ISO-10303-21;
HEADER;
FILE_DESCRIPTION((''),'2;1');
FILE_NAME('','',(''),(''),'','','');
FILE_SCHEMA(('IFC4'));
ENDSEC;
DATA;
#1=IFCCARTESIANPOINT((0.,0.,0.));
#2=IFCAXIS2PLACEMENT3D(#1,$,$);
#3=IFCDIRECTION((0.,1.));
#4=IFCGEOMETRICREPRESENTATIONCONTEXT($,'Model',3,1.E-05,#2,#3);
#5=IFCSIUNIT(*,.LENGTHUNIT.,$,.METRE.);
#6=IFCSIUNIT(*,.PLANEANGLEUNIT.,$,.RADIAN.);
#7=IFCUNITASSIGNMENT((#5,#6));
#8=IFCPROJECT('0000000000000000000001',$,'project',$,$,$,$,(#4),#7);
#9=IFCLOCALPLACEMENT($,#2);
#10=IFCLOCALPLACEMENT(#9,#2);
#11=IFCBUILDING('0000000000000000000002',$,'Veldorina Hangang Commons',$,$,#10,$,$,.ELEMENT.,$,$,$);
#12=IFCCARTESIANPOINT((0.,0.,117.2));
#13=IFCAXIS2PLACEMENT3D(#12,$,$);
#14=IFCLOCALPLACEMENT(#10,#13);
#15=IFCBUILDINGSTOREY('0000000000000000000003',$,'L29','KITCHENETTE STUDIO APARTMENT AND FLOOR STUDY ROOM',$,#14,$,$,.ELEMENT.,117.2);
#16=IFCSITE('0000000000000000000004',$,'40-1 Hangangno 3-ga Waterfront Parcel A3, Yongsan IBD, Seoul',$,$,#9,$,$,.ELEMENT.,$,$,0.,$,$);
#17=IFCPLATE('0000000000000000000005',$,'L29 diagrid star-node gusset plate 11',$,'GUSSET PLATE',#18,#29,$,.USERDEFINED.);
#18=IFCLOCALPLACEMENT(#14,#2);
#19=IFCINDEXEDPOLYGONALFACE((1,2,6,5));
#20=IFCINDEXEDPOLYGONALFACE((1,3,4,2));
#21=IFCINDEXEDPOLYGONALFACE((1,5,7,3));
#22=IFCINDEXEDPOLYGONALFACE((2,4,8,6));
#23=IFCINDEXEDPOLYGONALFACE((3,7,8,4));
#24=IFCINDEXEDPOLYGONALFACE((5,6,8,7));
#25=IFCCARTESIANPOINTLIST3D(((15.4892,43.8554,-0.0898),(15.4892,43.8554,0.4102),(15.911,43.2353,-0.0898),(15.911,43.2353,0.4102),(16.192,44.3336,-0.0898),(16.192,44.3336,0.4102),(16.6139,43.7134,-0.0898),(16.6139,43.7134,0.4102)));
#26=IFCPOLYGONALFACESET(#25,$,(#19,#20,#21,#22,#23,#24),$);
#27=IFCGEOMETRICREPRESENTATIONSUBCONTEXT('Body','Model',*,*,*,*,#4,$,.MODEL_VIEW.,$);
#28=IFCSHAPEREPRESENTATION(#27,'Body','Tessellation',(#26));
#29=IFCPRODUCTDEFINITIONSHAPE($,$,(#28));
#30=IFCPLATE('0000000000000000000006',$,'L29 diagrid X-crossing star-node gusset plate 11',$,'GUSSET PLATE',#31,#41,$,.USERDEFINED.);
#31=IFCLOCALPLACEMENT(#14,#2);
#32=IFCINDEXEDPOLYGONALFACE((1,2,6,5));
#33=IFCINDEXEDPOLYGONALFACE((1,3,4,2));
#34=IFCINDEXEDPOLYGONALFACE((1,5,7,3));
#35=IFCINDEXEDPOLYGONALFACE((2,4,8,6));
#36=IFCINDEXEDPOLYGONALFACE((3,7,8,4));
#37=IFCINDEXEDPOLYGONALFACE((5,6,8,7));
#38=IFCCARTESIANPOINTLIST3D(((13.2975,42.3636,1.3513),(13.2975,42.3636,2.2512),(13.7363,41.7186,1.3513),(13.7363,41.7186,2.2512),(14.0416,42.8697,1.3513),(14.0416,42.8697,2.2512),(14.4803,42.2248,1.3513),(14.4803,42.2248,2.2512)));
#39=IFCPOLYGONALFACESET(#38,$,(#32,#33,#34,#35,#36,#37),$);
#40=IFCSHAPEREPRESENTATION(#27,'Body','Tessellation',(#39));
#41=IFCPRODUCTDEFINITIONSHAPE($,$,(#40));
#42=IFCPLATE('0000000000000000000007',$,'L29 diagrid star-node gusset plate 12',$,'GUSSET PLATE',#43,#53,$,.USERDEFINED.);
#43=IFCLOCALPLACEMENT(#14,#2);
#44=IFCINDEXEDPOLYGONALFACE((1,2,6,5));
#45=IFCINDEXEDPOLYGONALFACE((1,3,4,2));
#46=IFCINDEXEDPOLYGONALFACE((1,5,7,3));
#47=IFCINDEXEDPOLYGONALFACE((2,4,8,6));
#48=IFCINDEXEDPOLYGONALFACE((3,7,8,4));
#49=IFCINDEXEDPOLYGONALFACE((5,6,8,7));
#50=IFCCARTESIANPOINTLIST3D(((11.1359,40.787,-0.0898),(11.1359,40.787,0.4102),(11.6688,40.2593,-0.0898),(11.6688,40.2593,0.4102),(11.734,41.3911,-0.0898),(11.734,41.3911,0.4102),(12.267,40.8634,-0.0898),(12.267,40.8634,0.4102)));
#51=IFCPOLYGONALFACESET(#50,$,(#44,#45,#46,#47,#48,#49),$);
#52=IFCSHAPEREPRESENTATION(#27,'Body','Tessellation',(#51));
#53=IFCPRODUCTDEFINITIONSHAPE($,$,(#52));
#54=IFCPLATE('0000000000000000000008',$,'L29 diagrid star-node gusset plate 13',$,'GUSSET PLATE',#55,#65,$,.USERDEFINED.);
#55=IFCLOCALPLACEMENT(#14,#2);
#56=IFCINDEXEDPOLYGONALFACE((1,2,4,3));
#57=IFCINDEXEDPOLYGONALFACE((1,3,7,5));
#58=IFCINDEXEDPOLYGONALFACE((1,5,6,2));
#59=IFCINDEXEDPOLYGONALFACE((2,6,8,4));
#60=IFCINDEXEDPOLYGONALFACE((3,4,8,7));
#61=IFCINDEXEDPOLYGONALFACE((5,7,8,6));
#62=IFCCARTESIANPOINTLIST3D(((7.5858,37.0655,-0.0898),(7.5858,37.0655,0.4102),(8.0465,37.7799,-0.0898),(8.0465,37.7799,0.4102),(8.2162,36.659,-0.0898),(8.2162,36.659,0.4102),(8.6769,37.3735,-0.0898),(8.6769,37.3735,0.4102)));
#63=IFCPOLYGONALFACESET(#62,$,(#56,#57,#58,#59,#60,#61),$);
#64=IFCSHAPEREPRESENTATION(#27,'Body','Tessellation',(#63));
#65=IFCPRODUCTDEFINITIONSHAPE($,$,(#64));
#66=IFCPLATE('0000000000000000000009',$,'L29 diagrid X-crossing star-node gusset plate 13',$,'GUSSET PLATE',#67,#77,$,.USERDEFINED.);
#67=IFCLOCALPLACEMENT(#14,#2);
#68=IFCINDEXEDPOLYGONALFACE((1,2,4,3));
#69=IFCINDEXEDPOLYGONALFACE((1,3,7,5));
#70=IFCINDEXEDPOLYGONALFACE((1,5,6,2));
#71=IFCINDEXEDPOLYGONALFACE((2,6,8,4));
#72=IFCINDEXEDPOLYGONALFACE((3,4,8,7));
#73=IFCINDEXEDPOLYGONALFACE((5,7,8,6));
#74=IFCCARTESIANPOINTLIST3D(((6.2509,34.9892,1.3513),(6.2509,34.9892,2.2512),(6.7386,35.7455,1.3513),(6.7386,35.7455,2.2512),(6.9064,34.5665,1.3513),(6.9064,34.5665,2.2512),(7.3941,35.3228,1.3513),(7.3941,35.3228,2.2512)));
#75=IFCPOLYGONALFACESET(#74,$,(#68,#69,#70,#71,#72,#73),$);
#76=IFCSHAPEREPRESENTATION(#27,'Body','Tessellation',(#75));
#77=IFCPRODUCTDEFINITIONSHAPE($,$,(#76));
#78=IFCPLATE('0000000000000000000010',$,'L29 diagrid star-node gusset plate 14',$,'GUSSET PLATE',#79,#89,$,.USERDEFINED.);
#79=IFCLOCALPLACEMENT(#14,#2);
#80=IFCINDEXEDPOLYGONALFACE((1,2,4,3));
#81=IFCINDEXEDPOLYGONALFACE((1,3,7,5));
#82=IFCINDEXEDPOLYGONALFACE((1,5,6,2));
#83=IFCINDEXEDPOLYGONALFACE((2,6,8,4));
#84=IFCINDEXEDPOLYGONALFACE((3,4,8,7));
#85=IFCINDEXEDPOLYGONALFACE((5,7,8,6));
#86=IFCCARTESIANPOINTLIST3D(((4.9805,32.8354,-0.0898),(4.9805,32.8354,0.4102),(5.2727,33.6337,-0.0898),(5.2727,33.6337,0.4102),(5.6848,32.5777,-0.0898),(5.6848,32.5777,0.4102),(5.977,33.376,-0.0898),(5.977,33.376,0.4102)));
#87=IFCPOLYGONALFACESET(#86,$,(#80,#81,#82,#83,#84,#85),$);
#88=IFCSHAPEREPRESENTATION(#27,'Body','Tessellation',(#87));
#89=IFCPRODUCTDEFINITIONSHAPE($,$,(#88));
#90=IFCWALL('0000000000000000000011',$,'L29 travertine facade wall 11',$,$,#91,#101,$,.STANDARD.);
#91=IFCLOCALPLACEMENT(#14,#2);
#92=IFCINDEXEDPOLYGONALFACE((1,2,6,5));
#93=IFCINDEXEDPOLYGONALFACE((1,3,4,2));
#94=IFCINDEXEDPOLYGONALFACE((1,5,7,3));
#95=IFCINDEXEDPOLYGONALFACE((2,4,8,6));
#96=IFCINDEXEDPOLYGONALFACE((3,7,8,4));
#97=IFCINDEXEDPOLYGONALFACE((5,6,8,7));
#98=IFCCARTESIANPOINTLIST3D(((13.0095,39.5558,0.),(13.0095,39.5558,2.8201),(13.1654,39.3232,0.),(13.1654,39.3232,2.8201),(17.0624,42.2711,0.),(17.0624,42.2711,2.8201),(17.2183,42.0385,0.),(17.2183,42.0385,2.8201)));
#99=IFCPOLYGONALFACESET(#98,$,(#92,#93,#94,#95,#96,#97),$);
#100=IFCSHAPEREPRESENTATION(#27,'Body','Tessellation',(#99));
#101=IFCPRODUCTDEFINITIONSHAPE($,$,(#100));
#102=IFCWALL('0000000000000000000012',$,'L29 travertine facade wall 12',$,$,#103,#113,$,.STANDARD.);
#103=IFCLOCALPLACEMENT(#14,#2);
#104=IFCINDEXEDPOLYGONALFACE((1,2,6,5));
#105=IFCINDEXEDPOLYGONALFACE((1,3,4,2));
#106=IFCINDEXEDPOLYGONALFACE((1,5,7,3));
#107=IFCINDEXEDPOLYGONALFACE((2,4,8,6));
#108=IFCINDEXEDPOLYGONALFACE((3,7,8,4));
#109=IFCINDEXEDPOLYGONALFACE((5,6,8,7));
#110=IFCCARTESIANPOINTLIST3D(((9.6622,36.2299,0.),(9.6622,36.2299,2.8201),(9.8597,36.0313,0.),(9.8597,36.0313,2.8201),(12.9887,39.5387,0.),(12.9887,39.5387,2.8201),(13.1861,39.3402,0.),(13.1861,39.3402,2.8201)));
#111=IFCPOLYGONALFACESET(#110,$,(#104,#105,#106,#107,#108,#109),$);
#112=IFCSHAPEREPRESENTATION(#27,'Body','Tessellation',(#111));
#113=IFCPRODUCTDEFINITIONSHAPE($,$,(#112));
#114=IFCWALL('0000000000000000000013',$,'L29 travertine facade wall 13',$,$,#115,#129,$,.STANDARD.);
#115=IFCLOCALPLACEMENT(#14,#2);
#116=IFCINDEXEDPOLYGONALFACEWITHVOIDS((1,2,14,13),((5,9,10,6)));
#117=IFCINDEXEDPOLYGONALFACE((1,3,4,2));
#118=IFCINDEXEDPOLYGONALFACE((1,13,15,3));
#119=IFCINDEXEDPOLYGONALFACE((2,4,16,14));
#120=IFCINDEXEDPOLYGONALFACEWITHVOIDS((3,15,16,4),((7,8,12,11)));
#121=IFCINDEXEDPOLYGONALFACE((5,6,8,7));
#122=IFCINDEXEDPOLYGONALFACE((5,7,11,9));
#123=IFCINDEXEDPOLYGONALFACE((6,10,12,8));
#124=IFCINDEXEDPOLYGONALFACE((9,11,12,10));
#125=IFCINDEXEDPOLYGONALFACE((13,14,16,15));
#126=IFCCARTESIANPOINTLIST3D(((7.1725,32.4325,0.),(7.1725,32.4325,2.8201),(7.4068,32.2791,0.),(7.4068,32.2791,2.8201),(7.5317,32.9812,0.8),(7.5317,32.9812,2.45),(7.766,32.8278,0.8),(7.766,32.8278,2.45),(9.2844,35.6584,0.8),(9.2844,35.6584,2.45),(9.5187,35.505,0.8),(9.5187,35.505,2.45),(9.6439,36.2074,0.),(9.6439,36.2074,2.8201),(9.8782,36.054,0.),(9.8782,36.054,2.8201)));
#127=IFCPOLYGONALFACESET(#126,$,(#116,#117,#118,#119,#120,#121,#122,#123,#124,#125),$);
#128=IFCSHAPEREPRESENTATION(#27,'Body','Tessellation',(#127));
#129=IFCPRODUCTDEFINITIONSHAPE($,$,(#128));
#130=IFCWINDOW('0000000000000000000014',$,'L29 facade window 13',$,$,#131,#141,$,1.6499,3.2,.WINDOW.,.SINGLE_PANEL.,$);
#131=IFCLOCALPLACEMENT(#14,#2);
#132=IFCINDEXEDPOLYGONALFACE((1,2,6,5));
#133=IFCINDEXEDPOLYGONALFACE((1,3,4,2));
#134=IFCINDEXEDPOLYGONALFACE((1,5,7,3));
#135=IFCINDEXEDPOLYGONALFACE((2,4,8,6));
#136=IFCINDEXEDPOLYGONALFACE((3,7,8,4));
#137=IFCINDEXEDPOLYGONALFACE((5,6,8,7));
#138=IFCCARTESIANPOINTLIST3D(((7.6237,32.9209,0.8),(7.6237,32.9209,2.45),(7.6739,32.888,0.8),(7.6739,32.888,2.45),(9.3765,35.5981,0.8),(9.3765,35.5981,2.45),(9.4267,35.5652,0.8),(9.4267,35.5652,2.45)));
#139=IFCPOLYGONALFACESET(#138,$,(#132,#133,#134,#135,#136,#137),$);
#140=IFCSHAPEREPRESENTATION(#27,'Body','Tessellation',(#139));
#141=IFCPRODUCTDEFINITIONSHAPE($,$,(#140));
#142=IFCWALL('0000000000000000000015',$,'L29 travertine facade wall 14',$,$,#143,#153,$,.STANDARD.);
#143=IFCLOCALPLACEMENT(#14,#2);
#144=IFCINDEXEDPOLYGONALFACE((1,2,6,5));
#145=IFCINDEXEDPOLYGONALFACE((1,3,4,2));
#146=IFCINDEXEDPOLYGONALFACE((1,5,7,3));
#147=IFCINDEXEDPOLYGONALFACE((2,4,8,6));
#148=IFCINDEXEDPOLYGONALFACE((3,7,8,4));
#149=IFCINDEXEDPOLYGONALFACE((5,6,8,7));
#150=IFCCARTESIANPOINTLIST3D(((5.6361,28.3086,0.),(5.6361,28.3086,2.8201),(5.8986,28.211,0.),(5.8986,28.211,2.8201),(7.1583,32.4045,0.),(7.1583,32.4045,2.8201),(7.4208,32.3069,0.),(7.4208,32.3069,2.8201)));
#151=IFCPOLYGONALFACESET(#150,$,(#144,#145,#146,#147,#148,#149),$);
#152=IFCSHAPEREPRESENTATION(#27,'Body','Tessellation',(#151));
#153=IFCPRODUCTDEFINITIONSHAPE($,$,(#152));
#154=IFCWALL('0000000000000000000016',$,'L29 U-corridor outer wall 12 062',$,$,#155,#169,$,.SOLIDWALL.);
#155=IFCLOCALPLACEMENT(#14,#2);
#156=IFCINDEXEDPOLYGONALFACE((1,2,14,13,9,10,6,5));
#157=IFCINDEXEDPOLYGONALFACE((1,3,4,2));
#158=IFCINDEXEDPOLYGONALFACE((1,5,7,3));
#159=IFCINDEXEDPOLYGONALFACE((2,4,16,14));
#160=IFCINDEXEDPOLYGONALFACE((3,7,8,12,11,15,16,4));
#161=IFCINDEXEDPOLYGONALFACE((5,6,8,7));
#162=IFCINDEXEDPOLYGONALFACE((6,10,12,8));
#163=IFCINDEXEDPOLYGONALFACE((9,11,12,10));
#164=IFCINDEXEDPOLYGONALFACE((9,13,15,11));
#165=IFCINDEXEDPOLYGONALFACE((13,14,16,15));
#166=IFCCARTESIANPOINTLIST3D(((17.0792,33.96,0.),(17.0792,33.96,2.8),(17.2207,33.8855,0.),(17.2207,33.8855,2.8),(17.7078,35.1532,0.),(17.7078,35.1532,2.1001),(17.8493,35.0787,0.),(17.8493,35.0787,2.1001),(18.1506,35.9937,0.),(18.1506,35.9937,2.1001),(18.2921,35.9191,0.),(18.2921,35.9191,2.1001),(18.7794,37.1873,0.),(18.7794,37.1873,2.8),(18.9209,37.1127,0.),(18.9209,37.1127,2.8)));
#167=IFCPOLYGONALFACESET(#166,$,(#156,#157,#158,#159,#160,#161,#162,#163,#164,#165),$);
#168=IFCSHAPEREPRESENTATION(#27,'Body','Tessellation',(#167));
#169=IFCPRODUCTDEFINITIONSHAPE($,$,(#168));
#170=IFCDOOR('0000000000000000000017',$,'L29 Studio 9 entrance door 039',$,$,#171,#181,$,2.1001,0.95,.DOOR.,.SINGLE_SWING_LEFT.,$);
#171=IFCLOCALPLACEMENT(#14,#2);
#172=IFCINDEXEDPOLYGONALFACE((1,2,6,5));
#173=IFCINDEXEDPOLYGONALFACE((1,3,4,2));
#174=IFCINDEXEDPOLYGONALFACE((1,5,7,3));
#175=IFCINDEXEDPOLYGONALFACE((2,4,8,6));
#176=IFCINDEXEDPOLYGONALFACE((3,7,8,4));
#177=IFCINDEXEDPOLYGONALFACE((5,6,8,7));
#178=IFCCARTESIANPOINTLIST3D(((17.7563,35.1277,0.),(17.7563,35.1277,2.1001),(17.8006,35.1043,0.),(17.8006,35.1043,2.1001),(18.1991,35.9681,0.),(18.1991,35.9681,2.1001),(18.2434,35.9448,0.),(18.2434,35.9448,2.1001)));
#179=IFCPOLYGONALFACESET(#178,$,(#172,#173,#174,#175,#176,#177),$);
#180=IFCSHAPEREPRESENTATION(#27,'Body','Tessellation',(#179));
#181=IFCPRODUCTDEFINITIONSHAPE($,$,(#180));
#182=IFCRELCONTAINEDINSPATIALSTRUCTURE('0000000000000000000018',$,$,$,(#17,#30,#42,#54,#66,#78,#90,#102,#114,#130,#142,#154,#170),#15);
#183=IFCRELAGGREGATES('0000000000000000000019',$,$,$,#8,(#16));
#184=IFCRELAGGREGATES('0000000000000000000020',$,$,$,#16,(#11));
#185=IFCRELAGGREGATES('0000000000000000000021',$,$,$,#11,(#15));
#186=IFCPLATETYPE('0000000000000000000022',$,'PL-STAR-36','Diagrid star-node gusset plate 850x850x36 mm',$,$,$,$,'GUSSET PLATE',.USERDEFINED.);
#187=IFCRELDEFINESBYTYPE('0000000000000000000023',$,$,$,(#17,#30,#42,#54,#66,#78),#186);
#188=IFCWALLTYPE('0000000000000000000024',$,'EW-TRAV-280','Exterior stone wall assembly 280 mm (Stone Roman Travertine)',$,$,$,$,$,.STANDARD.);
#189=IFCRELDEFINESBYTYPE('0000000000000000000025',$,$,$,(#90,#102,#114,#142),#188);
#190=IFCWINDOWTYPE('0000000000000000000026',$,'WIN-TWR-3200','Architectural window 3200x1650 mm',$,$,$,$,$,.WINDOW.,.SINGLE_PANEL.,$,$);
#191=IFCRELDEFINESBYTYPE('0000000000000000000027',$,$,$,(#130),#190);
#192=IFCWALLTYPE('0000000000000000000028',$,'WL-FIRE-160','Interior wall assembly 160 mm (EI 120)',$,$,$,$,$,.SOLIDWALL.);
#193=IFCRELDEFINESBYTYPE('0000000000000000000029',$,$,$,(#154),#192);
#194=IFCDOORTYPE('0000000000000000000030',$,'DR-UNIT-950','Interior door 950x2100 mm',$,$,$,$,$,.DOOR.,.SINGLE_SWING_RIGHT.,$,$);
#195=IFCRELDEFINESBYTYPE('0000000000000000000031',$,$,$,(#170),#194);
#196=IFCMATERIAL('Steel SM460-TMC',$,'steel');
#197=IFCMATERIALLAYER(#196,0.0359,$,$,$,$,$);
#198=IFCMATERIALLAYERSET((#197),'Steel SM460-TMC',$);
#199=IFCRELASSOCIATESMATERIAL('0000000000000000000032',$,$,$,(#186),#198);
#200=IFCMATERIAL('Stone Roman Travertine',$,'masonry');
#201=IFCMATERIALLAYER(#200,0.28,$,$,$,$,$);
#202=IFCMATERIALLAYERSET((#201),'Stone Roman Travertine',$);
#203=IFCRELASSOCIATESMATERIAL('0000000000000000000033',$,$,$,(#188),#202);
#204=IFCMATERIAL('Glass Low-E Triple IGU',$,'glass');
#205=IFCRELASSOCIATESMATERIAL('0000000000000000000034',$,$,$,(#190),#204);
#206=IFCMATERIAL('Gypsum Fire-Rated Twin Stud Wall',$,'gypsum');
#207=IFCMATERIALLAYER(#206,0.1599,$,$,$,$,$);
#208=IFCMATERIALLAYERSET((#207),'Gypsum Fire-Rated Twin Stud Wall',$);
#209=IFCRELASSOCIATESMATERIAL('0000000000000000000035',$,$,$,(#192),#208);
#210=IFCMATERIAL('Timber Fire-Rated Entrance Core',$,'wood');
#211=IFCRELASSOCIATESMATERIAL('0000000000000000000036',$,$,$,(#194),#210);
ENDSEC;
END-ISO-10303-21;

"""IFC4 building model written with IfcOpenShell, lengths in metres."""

from ifc_helpers import new_model, si_unit, direction, frame, frame_2d, origin, origin_2d, place, context, subcontext, project, spatial, rectangle, extrude, material, layer, layer_set, type_object, element, fill, save


model = new_model("IFC4")

# Units and contexts
model_context = context("Model", 3, precision=1e-05, world=origin(), true_north=direction((0.0, 1.0)))
body_context = subcontext(model_context, "Body", "Model", "MODEL_VIEW")
ifc_project = project(units=[si_unit("LENGTHUNIT", "METRE"), si_unit("PLANEANGLEUNIT", "RADIAN")], contexts=[model_context])

# Site, building, storey
site_placement = place(None, origin())
site = spatial("IfcSite", under=ifc_project, at=site_placement, Name="40-1 Hangangno 3-ga Waterfront Parcel A3, Yongsan IBD, Seoul", CompositionType="ELEMENT", RefElevation=0.0)
building_placement = place(site_placement, origin())
building = spatial("IfcBuilding", under=site, at=building_placement, Name="Veldorina Hangang Commons", CompositionType="ELEMENT")
storey_placement = place(building_placement, frame((0.0, 0.0, 117.2)))
storey = spatial("IfcBuildingStorey", under=building, at=storey_placement, Name="L29", Description="KITCHENETTE STUDIO APARTMENT AND FLOOR STUDY ROOM", CompositionType="ELEMENT", Elevation=117.2)

# Plates
ifc_material_1 = material(Name="Steel SM460-TMC", Category="steel")
ifc_layer_1 = layer(ifc_material_1, 0.0359)
ifc_layer_set_1 = layer_set([ifc_layer_1], Name="Steel SM460-TMC")
plate_type = type_object("IfcPlateType", Name="PL-STAR-36", Description="Diagrid star-node gusset plate 850x850x36 mm", ElementType="GUSSET PLATE", PredefinedType="USERDEFINED", material=ifc_layer_set_1)
plate_1_placement = place(storey_placement, frame((16.0515, 43.7844, -0.0898), z_axis=(0.0, 0.0, 1.0), x_axis=(-0.826825, -0.562459, 0.0)))
element("IfcPlate", 1, at=plate_1_placement, inside=storey, type_object=plate_type, Name="L29 diagrid star-node gusset plate 11", ObjectType="GUSSET PLATE", PredefinedType="USERDEFINED", context=body_context, shape_type="SweptSolid", body=[
    extrude(rectangle(XDim=0.8501, YDim=0.75, at=origin_2d()), origin(), (0.0, 0.0, 1.0), 0.5),
])
plate_2_placement = place(storey_placement, frame((13.8889, 42.2942, 1.3513), z_axis=(0.0, 0.0, 1.0), x_axis=(-0.826825, -0.562459, 0.0)))
element("IfcPlate", 2, at=plate_2_placement, inside=storey, type_object=plate_type, Name="L29 diagrid X-crossing star-node gusset plate 11", ObjectType="GUSSET PLATE", PredefinedType="USERDEFINED", context=body_context, shape_type="SweptSolid", body=[
    extrude(rectangle(XDim=0.8999, YDim=0.78, at=origin_2d()), origin(), (0.0, 0.0, 1.0), 0.8999),
])
for number, where, z_axis, x_axis, name in (
    (3, (11.7014, 40.8252, -0.0898), (0.0, 0.0, 1.0), (-0.703581, -0.710615, 0.0), "L29 diagrid star-node gusset plate 12"),
    (4, (8.1313, 37.2195, -0.0898), (0.0, 0.0, 1.0), (-0.541928, -0.840425, 0.0), "L29 diagrid star-node gusset plate 13"),
):
    element("IfcPlate", number, at=place(storey_placement, frame(where, z_axis=z_axis, x_axis=x_axis)), inside=storey, type_object=plate_type, Name=name, ObjectType="GUSSET PLATE", PredefinedType="USERDEFINED", context=body_context, shape_type="SweptSolid", body=[
        extrude(rectangle(XDim=0.8501, YDim=0.75, at=origin_2d()), origin(), (0.0, 0.0, 1.0), 0.5),
    ])
plate_3_placement = place(storey_placement, frame((6.8225, 35.156, 1.3513), z_axis=(0.0, 0.0, 1.0), x_axis=(-0.541928, -0.840425, 0.0)))
element("IfcPlate", 5, at=plate_3_placement, inside=storey, type_object=plate_type, Name="L29 diagrid X-crossing star-node gusset plate 13", ObjectType="GUSSET PLATE", PredefinedType="USERDEFINED", context=body_context, shape_type="SweptSolid", body=[
    extrude(rectangle(XDim=0.8999, YDim=0.78, at=origin_2d()), origin(), (0.0, 0.0, 1.0), 0.8999),
])
plate_4_placement = place(storey_placement, frame((5.4788, 33.1057, -0.0898), z_axis=(0.0, 0.0, 1.0), x_axis=(-0.343676, -0.939088, 0.0)))
element("IfcPlate", 6, at=plate_4_placement, inside=storey, type_object=plate_type, Name="L29 diagrid star-node gusset plate 14", ObjectType="GUSSET PLATE", PredefinedType="USERDEFINED", context=body_context, shape_type="SweptSolid", body=[
    extrude(rectangle(XDim=0.8501, YDim=0.75, at=origin_2d()), origin(), (0.0, 0.0, 1.0), 0.5),
])

# Walls
ifc_material_2 = material(Name="Stone Roman Travertine", Category="masonry")
ifc_layer_2 = layer(ifc_material_2, 0.28)
ifc_layer_set_2 = layer_set([ifc_layer_2], Name="Stone Roman Travertine")
wall_type_1 = type_object("IfcWallType", Name="EW-TRAV-280", Description="Exterior stone wall assembly 280 mm (Stone Roman Travertine)", PredefinedType="STANDARD", material=ifc_layer_set_2)
wall_1_placement = place(storey_placement, frame((17.1404, 42.1548, 0.0), z_axis=(0.0, 0.0, 1.0), x_axis=(-0.830785, -0.556593, 0.0)))
element("IfcWall", 7, at=wall_1_placement, inside=storey, type_object=wall_type_1, Name="L29 travertine facade wall 11", PredefinedType="STANDARD", context=body_context, shape_type="SweptSolid", body=[
    extrude(rectangle(XDim=4.8784, YDim=0.28, at=frame_2d((2.4392, 0.0))), origin(), (0.0, 0.0, 1.0), 2.8201),
])
wall_2_placement = place(storey_placement, frame((13.0874, 39.4395, 0.0), z_axis=(0.0, 0.0, 1.0), x_axis=(-0.708978, -0.705231, 0.0)))
element("IfcWall", 8, at=wall_2_placement, inside=storey, type_object=wall_type_1, Name="L29 travertine facade wall 12", PredefinedType="STANDARD", context=body_context, shape_type="SweptSolid", body=[
    extrude(rectangle(XDim=4.6919, YDim=0.28, at=frame_2d((2.3459, 0.0))), origin(), (0.0, 0.0, 1.0), 2.8201),
])

# Wall, opening, window
wall_3_placement = place(storey_placement, frame((9.761, 36.1306, 0.0), z_axis=(0.0, 0.0, 1.0), x_axis=(-0.547751, -0.836642, 0.0)))
wall_3 = element("IfcWall", 9, at=wall_3_placement, inside=storey, type_object=wall_type_1, Name="L29 travertine facade wall 13", PredefinedType="STANDARD", context=body_context, shape_type="SweptSolid", body=[
    extrude(rectangle(XDim=4.512, YDim=0.28, at=frame_2d((2.2559, 0.0))), origin(), (0.0, 0.0, 1.0), 2.8201),
])
opening_1_placement = place(wall_3_placement, frame((0.656, 0.0, 0.8)))
opening_1 = element("IfcOpeningElement", 10, at=opening_1_placement, cuts=wall_3, PredefinedType="OPENING", context=body_context, shape_type="SweptSolid", body=[
    extrude(rectangle(XDim=3.2, YDim=1.6499, at=frame_2d((1.6001, 0.825))), frame((0.0, 0.1499, 0.0), z_axis=(0.0, -1.0, 0.0), x_axis=(1.0, 0.0, 0.0)), (0.0, 0.0, 1.0), 0.3),
])
ifc_material_3 = material(Name="Glass Low-E Triple IGU", Category="glass")
window_type = type_object("IfcWindowType", Name="WIN-TWR-3200", Description="Architectural window 3200x1650 mm", PartitioningType="SINGLE_PANEL", PredefinedType="WINDOW", material=ifc_material_3)
window_placement = place(opening_1_placement, origin())
window = element("IfcWindow", 11, at=window_placement, inside=storey, type_object=window_type, Name="L29 facade window 13", OverallHeight=1.6499, OverallWidth=3.2, PartitioningType="SINGLE_PANEL", PredefinedType="WINDOW", context=body_context, shape_type="SweptSolid", body=[
    extrude(rectangle(XDim=3.2, YDim=1.6499, at=frame_2d((1.6001, 0.825))), frame((0.0, 0.03, 0.0), z_axis=(0.0, -1.0, 0.0), x_axis=(1.0, 0.0, 0.0)), (0.0, 0.0, 1.0), 0.0601),
])
fill(opening_1, window)

# Wall
wall_4_placement = place(storey_placement, frame((7.2896, 32.3557, 0.0), z_axis=(0.0, 0.0, 1.0), x_axis=(-0.34836, -0.937361, 0.0)))
element("IfcWall", 12, at=wall_4_placement, inside=storey, type_object=wall_type_1, Name="L29 travertine facade wall 14", PredefinedType="STANDARD", context=body_context, shape_type="SweptSolid", body=[
    extrude(rectangle(XDim=4.3696, YDim=0.28, at=frame_2d((2.1848, 0.0))), origin(), (0.0, 0.0, 1.0), 2.8201),
])

# Wall, opening, door
ifc_material_4 = material(Name="Gypsum Fire-Rated Twin Stud Wall", Category="gypsum")
ifc_layer_3 = layer(ifc_material_4, 0.1599)
ifc_layer_set_3 = layer_set([ifc_layer_3], Name="Gypsum Fire-Rated Twin Stud Wall")
wall_type_2 = type_object("IfcWallType", Name="WL-FIRE-160", Description="Interior wall assembly 160 mm (EI 120)", PredefinedType="SOLIDWALL", material=ifc_layer_set_3)
wall_5_placement = place(storey_placement, frame((18.8501, 37.1499, 0.0), z_axis=(0.0, 0.0, 1.0), x_axis=(-0.466094, -0.884735, 0.0)))
wall_5 = element("IfcWall", 13, at=wall_5_placement, inside=storey, type_object=wall_type_2, Name="L29 U-corridor outer wall 12 062", PredefinedType="SOLIDWALL", context=body_context, shape_type="SweptSolid", body=[
    extrude(rectangle(XDim=3.6477, YDim=0.1599, at=frame_2d((1.8237, 0.0))), origin(), (0.0, 0.0, 1.0), 2.8),
])
opening_2_placement = place(wall_5_placement, frame((1.3489, 0.0, 0.0)))
opening_2 = element("IfcOpeningElement", 14, at=opening_2_placement, cuts=wall_5, PredefinedType="OPENING", context=body_context, shape_type="SweptSolid", body=[
    extrude(rectangle(XDim=0.95, YDim=2.1001, at=frame_2d((0.4751, 1.05))), frame((0.0, 0.0898, 0.0), z_axis=(0.0, -1.0, 0.0), x_axis=(1.0, 0.0, 0.0)), (0.0, 0.0, 1.0), 0.1799),
])
ifc_material_5 = material(Name="Timber Fire-Rated Entrance Core", Category="wood")
door_type = type_object("IfcDoorType", Name="DR-UNIT-950", Description="Interior door 950x2100 mm", OperationType="SINGLE_SWING_RIGHT", PredefinedType="DOOR", material=ifc_material_5)
door_placement = place(opening_2_placement, origin())
door = element("IfcDoor", 15, at=door_placement, inside=storey, type_object=door_type, Name="L29 Studio 9 entrance door 039", OperationType="SINGLE_SWING_LEFT", OverallHeight=2.1001, OverallWidth=0.95, PredefinedType="DOOR", context=body_context, shape_type="SweptSolid", body=[
    extrude(rectangle(XDim=0.95, YDim=2.1001, at=frame_2d((0.4751, 1.05))), frame((0.0, 0.0249, 0.0), z_axis=(0.0, -1.0, 0.0), x_axis=(1.0, 0.0, 0.0)), (0.0, 0.0, 1.0), 0.05),
])
fill(opening_2, door)

save(model, "model.ifc")
